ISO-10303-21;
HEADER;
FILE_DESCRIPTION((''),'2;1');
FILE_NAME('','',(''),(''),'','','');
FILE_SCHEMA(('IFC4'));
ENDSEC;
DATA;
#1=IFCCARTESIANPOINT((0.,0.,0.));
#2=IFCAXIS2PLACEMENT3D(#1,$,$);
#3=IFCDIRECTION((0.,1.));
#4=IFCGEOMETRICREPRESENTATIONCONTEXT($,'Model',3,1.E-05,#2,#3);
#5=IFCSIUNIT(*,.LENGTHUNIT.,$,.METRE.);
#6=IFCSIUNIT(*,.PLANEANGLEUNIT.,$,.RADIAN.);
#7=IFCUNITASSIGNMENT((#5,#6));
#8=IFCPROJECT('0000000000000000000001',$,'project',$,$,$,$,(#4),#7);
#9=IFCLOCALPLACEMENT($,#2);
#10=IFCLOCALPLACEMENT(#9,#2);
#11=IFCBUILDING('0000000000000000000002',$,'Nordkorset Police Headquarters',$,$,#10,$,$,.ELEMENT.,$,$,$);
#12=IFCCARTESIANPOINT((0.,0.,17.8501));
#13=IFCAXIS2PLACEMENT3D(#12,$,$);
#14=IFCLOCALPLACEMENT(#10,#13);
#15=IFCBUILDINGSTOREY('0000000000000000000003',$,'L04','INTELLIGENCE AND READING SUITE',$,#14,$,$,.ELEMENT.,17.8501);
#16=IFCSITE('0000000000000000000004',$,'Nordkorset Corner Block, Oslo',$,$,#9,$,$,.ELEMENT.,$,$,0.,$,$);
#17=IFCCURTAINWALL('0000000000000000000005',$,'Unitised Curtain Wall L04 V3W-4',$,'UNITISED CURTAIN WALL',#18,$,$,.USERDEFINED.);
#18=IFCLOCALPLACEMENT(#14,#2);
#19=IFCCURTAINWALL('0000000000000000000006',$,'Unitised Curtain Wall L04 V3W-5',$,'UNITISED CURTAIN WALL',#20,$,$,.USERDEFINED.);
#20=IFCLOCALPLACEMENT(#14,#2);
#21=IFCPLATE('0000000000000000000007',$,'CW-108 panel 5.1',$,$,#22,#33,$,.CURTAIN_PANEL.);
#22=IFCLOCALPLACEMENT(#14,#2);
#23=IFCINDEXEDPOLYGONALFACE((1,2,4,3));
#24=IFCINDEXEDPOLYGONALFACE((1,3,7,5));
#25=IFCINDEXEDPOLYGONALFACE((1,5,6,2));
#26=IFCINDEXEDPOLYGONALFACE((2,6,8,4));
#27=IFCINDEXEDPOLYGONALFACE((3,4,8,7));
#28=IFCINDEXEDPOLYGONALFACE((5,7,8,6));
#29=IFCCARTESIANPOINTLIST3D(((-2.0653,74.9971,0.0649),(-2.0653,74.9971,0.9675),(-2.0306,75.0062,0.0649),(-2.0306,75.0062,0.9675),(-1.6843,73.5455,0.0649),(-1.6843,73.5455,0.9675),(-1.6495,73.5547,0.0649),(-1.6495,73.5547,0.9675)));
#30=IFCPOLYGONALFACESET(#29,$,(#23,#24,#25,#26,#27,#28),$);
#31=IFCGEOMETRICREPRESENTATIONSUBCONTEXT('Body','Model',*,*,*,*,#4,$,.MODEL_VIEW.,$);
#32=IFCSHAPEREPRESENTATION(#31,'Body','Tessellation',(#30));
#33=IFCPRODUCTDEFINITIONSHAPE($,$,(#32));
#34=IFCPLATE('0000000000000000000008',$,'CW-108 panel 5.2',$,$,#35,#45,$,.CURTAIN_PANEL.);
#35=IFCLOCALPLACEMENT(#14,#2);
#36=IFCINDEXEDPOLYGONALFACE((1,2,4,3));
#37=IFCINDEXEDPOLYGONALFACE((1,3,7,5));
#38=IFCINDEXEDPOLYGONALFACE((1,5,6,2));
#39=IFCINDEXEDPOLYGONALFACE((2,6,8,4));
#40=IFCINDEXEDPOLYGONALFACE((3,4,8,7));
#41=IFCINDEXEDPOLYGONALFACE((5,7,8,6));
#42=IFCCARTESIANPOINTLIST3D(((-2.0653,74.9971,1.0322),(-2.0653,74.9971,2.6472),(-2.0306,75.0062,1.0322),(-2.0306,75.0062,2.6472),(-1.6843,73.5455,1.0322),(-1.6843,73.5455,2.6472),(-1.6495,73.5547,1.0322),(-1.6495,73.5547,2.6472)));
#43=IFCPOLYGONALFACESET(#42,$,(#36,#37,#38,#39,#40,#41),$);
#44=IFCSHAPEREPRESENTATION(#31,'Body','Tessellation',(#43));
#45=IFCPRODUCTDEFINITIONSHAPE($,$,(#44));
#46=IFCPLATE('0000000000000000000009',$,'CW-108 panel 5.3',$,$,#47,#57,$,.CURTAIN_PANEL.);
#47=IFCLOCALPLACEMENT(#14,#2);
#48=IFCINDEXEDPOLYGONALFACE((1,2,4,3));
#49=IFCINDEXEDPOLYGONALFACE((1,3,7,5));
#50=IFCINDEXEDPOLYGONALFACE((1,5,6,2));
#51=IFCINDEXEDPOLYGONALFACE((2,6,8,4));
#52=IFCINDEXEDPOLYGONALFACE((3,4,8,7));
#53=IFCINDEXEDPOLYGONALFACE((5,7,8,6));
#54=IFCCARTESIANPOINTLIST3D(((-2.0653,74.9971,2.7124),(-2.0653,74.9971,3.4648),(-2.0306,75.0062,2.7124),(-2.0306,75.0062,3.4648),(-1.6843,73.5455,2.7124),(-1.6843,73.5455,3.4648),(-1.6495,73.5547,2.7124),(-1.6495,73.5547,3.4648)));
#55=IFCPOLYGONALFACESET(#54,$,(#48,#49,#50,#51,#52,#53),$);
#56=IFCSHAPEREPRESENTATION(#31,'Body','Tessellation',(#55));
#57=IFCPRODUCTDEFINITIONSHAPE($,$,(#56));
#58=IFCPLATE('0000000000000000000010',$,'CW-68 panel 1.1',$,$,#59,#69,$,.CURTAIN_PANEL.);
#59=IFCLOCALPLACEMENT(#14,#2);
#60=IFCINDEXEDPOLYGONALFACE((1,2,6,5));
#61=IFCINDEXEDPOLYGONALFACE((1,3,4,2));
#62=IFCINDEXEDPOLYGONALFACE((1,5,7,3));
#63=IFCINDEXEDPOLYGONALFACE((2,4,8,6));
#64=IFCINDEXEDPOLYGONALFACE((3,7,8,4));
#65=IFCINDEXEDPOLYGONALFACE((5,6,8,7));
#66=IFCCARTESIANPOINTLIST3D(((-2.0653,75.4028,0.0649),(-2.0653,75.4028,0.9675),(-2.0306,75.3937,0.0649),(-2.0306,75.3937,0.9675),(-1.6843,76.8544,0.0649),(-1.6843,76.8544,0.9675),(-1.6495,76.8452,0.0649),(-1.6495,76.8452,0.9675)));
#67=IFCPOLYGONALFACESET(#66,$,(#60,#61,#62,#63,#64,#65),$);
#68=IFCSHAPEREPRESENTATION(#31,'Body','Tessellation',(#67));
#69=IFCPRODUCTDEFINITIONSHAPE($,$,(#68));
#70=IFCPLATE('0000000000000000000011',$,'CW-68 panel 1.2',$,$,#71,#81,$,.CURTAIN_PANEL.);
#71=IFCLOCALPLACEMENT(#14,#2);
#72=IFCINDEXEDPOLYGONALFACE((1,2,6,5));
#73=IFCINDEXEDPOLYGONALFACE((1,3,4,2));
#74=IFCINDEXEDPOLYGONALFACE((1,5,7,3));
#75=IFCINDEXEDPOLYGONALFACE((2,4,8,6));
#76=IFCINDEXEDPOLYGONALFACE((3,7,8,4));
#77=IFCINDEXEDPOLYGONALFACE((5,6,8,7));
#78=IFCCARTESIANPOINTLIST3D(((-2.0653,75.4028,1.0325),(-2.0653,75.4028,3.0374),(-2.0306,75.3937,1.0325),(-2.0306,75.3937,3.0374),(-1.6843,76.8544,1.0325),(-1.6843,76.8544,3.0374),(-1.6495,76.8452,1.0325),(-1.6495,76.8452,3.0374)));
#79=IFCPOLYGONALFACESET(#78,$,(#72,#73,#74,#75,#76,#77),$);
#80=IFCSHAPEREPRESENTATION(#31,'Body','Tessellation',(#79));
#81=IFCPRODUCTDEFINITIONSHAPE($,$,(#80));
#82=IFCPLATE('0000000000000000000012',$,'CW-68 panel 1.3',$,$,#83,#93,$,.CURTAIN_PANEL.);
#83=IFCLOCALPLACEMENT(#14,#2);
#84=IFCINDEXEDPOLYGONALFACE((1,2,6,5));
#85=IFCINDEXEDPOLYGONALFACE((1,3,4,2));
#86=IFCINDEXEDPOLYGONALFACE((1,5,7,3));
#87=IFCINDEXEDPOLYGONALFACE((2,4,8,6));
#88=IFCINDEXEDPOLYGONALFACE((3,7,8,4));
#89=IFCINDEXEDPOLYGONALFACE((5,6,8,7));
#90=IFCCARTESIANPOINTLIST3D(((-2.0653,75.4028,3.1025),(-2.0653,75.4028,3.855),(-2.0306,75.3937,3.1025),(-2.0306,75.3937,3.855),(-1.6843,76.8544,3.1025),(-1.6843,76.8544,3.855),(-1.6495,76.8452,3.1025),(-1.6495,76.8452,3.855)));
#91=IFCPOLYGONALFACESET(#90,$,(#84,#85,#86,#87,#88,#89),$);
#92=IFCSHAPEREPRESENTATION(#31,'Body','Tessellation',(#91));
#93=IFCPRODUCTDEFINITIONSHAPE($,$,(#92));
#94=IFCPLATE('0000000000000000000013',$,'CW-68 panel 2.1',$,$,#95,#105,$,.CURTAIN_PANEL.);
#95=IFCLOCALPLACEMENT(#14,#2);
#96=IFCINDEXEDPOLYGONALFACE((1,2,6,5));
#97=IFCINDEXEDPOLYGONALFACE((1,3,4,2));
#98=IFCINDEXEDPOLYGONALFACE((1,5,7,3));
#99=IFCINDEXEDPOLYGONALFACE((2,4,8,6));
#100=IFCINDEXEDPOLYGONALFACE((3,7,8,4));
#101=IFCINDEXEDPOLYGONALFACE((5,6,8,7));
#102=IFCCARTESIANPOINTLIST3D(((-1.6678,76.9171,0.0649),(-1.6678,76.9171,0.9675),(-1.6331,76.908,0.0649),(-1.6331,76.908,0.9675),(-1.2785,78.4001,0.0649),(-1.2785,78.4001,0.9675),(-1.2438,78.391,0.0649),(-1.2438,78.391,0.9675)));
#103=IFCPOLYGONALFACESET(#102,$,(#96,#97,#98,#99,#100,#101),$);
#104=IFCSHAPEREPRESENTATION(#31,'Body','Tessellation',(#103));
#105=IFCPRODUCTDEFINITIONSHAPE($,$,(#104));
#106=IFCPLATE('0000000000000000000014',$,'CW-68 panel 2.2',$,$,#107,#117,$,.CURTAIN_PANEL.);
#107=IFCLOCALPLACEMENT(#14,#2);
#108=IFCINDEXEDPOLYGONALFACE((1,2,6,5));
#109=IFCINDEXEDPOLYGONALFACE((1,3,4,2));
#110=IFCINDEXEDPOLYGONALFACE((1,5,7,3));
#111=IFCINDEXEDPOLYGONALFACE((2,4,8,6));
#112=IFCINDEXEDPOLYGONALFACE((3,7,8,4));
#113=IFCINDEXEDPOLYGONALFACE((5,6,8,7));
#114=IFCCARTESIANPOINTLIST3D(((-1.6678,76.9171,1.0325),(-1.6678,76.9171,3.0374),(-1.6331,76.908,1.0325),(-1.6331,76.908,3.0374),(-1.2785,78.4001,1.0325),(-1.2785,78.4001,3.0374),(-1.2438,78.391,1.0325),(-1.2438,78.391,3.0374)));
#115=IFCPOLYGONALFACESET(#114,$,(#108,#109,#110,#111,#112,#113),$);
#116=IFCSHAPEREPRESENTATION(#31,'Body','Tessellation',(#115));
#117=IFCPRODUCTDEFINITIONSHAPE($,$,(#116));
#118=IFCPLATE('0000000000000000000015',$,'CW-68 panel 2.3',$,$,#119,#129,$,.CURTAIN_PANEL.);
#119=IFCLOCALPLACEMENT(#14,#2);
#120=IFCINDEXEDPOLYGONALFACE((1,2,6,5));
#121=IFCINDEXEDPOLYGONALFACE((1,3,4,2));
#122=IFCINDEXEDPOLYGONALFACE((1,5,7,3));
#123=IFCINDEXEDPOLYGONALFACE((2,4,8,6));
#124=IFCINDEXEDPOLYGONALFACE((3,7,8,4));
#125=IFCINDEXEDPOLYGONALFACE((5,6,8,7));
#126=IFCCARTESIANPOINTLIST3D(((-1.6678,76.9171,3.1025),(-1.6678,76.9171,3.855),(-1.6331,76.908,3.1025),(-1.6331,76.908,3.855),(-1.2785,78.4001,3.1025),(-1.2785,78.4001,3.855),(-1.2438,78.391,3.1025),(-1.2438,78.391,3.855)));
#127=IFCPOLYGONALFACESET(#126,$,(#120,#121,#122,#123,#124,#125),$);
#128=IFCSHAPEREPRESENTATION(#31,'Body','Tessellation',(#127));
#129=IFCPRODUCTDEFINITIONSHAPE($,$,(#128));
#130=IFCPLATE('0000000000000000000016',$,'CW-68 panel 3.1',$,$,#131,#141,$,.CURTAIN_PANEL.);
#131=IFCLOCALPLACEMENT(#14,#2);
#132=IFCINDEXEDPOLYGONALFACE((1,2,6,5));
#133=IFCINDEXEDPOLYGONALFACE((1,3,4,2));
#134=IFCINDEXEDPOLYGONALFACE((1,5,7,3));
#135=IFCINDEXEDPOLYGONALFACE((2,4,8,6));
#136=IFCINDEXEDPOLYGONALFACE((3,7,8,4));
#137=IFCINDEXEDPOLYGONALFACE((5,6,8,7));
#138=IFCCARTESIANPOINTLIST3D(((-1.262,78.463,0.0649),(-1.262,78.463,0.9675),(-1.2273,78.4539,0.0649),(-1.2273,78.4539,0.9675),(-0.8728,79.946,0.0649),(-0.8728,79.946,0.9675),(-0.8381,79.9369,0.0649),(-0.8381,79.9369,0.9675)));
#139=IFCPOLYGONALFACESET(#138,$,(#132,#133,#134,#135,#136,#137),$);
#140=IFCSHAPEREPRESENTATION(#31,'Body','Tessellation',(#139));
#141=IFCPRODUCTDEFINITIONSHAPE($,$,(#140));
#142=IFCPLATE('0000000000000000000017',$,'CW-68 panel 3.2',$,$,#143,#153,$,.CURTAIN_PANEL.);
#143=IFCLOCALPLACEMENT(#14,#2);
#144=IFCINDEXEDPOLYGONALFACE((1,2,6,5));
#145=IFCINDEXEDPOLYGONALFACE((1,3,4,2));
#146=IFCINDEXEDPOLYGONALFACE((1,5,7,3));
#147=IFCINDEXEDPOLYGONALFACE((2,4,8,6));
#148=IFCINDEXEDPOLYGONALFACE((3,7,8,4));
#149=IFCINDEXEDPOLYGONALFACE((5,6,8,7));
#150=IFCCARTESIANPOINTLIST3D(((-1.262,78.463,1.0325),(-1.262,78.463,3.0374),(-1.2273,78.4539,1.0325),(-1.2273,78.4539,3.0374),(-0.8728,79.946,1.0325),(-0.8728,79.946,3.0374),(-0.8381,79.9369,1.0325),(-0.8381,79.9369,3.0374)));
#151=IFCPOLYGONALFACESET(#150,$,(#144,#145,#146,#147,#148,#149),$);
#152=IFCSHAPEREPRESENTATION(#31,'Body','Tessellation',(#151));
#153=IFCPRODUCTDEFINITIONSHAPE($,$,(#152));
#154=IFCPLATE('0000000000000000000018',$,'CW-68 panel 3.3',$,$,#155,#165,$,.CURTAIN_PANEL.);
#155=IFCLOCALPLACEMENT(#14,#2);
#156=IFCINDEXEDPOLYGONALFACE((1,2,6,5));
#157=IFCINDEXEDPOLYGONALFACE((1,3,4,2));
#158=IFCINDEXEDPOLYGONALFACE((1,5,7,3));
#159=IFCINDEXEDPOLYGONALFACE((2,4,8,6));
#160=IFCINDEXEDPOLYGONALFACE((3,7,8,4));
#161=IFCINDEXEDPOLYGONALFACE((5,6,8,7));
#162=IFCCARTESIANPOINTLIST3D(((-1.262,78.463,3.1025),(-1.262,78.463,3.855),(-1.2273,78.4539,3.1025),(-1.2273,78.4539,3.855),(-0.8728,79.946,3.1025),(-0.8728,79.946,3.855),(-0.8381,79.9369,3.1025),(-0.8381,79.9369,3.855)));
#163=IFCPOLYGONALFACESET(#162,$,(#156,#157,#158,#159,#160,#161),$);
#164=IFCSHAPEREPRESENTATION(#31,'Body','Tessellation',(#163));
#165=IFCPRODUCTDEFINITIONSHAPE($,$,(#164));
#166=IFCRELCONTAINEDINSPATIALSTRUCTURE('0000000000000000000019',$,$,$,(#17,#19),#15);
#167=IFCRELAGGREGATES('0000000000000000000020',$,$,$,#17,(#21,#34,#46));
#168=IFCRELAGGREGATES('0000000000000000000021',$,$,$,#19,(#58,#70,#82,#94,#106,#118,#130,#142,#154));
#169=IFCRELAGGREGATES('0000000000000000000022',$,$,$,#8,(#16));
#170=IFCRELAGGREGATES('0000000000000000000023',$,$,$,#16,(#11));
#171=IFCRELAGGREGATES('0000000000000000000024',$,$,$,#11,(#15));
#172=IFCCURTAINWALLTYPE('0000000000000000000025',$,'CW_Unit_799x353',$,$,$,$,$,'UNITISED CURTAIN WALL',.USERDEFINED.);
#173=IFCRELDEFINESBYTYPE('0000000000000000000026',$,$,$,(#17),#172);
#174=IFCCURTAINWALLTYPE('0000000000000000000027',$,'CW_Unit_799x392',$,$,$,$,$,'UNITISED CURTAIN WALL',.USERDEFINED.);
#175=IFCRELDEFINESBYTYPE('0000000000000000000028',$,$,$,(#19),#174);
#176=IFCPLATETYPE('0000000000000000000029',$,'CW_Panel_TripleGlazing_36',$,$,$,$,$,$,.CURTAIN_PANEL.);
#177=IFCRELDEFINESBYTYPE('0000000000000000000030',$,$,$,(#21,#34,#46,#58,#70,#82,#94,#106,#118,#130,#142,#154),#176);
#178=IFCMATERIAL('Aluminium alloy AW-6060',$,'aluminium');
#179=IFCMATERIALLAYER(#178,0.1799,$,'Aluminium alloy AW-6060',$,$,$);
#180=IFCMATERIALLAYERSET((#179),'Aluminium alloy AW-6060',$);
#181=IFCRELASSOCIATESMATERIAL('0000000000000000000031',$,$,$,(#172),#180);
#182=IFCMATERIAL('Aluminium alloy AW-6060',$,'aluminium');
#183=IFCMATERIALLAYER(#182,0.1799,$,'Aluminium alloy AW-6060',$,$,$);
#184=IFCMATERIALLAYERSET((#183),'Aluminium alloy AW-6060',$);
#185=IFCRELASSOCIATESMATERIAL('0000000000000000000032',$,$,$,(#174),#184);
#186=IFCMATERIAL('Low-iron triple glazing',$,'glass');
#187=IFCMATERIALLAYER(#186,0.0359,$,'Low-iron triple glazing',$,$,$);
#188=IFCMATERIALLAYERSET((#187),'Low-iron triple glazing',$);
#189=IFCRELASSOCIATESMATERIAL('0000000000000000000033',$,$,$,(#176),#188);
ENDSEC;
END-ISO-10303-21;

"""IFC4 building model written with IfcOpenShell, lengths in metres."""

from ifc_helpers import new_model, si_unit, direction, frame, origin, origin_2d, place, context, subcontext, project, spatial, rectangle, extrude, material, layer, layer_set, type_object, element, aggregate, save


model = new_model("IFC4")

# Units and contexts
model_context = context("Model", 3, precision=1e-05, world=origin(), true_north=direction((0.0, 1.0)))
body_context = subcontext(model_context, "Body", "Model", "MODEL_VIEW")
ifc_project = project(units=[si_unit("LENGTHUNIT", "METRE"), si_unit("PLANEANGLEUNIT", "RADIAN")], contexts=[model_context])

# Site, building, storey
site_placement = place(None, origin())
site = spatial("IfcSite", under=ifc_project, at=site_placement, Name="Nordkorset Corner Block, Oslo", CompositionType="ELEMENT", RefElevation=0.0)
building_placement = place(site_placement, origin())
building = spatial("IfcBuilding", under=site, at=building_placement, Name="Nordkorset Police Headquarters", CompositionType="ELEMENT")
storey_placement = place(building_placement, frame((0.0, 0.0, 17.8501)))
storey = spatial("IfcBuildingStorey", under=building, at=storey_placement, Name="L04", Description="INTELLIGENCE AND READING SUITE", CompositionType="ELEMENT", Elevation=17.8501)

# Curtain wall
ifc_material_1 = material(Name="Aluminium alloy AW-6060", Category="aluminium")
ifc_layer_1 = layer(ifc_material_1, 0.1799, Name="Aluminium alloy AW-6060")
ifc_layer_set_1 = layer_set([ifc_layer_1], Name="Aluminium alloy AW-6060")
curtain_wall_type_1 = type_object("IfcCurtainWallType", Name="CW_Unit_799x353", ElementType="UNITISED CURTAIN WALL", PredefinedType="USERDEFINED", material=ifc_layer_set_1)
curtain_wall_1_placement = place(storey_placement, origin())
curtain_wall_1 = element("IfcCurtainWall", 1, at=curtain_wall_1_placement, inside=storey, type_object=curtain_wall_type_1, Name="Unitised Curtain Wall L04 V3W-4", ObjectType="UNITISED CURTAIN WALL", PredefinedType="USERDEFINED")

# Curtain wall
ifc_material_2 = material(Name="Aluminium alloy AW-6060", Category="aluminium")
ifc_layer_2 = layer(ifc_material_2, 0.1799, Name="Aluminium alloy AW-6060")
ifc_layer_set_2 = layer_set([ifc_layer_2], Name="Aluminium alloy AW-6060")
curtain_wall_type_2 = type_object("IfcCurtainWallType", Name="CW_Unit_799x392", ElementType="UNITISED CURTAIN WALL", PredefinedType="USERDEFINED", material=ifc_layer_set_2)
curtain_wall_2_placement = place(storey_placement, origin())
curtain_wall_2 = element("IfcCurtainWall", 2, at=curtain_wall_2_placement, inside=storey, type_object=curtain_wall_type_2, Name="Unitised Curtain Wall L04 V3W-5", ObjectType="UNITISED CURTAIN WALL", PredefinedType="USERDEFINED")

# Plates
ifc_material_3 = material(Name="Low-iron triple glazing", Category="glass")
ifc_layer_3 = layer(ifc_material_3, 0.0359, Name="Low-iron triple glazing")
ifc_layer_set_3 = layer_set([ifc_layer_3], Name="Low-iron triple glazing")
plate_type = type_object("IfcPlateType", Name="CW_Panel_TripleGlazing_36", PredefinedType="CURTAIN_PANEL", material=ifc_layer_set_3)
plate_1_placement = place(storey_placement, frame((-1.8574, 74.2759, 0.0649), z_axis=(0.0, 0.0, 1.0), x_axis=(-0.253897, 0.967231, 0.0)))
plate_1 = element("IfcPlate", 3, at=plate_1_placement, type_object=plate_type, Name="CW-108 panel 5.1", PredefinedType="CURTAIN_PANEL", context=body_context, shape_type="SweptSolid", body=[
    extrude(rectangle(XDim=1.5007, YDim=0.0359, at=origin_2d()), origin(), (0.0, 0.0, 1.0), 0.9026),
])
plate_2_placement = place(storey_placement, frame((-1.8574, 74.2759, 1.0322), z_axis=(0.0, 0.0, 1.0), x_axis=(-0.253897, 0.967231, 0.0)))
plate_2 = element("IfcPlate", 4, at=plate_2_placement, type_object=plate_type, Name="CW-108 panel 5.2", PredefinedType="CURTAIN_PANEL", context=body_context, shape_type="SweptSolid", body=[
    extrude(rectangle(XDim=1.5007, YDim=0.0359, at=origin_2d()), origin(), (0.0, 0.0, 1.0), 1.615),
])
plate_3_placement = place(storey_placement, frame((-1.8574, 74.2759, 2.7124), z_axis=(0.0, 0.0, 1.0), x_axis=(-0.253897, 0.967231, 0.0)))
plate_3 = element("IfcPlate", 5, at=plate_3_placement, type_object=plate_type, Name="CW-108 panel 5.3", PredefinedType="CURTAIN_PANEL", context=body_context, shape_type="SweptSolid", body=[
    extrude(rectangle(XDim=1.5007, YDim=0.0359, at=origin_2d()), origin(), (0.0, 0.0, 1.0), 0.7524),
])
aggregate(curtain_wall_1, [plate_1, plate_2, plate_3])
plate_4_placement = place(storey_placement, frame((-1.8574, 76.124, 0.0649), z_axis=(0.0, 0.0, 1.0), x_axis=(0.253897, 0.967231, 0.0)))
plate_4 = element("IfcPlate", 6, at=plate_4_placement, type_object=plate_type, Name="CW-68 panel 1.1", PredefinedType="CURTAIN_PANEL", context=body_context, shape_type="SweptSolid", body=[
    extrude(rectangle(XDim=1.5007, YDim=0.0359, at=origin_2d()), origin(), (0.0, 0.0, 1.0), 0.9026),
])
plate_5_placement = place(storey_placement, frame((-1.8574, 76.124, 1.0325), z_axis=(0.0, 0.0, 1.0), x_axis=(0.253897, 0.967231, 0.0)))
plate_5 = element("IfcPlate", 7, at=plate_5_placement, type_object=plate_type, Name="CW-68 panel 1.2", PredefinedType="CURTAIN_PANEL", context=body_context, shape_type="SweptSolid", body=[
    extrude(rectangle(XDim=1.5007, YDim=0.0359, at=origin_2d()), origin(), (0.0, 0.0, 1.0), 2.0049),
])
plate_6_placement = place(storey_placement, frame((-1.8574, 76.124, 3.1025), z_axis=(0.0, 0.0, 1.0), x_axis=(0.253897, 0.967231, 0.0)))
plate_6 = element("IfcPlate", 8, at=plate_6_placement, type_object=plate_type, Name="CW-68 panel 1.3", PredefinedType="CURTAIN_PANEL", context=body_context, shape_type="SweptSolid", body=[
    extrude(rectangle(XDim=1.5007, YDim=0.0359, at=origin_2d()), origin(), (0.0, 0.0, 1.0), 0.7524),
])
plate_7_placement = place(storey_placement, frame((-1.4558, 77.6541, 0.0649), z_axis=(0.0, 0.0, 1.0), x_axis=(0.253897, 0.967231, 0.0)))
plate_7 = element("IfcPlate", 9, at=plate_7_placement, type_object=plate_type, Name="CW-68 panel 2.1", PredefinedType="CURTAIN_PANEL", context=body_context, shape_type="SweptSolid", body=[
    extrude(rectangle(XDim=1.5332, YDim=0.0359, at=origin_2d()), origin(), (0.0, 0.0, 1.0), 0.9026),
])
plate_8_placement = place(storey_placement, frame((-1.4558, 77.6541, 1.0325), z_axis=(0.0, 0.0, 1.0), x_axis=(0.253897, 0.967231, 0.0)))
plate_8 = element("IfcPlate", 10, at=plate_8_placement, type_object=plate_type, Name="CW-68 panel 2.2", PredefinedType="CURTAIN_PANEL", context=body_context, shape_type="SweptSolid", body=[
    extrude(rectangle(XDim=1.5332, YDim=0.0359, at=origin_2d()), origin(), (0.0, 0.0, 1.0), 2.0049),
])
plate_9_placement = place(storey_placement, frame((-1.4558, 77.6541, 3.1025), z_axis=(0.0, 0.0, 1.0), x_axis=(0.253897, 0.967231, 0.0)))
plate_9 = element("IfcPlate", 11, at=plate_9_placement, type_object=plate_type, Name="CW-68 panel 2.3", PredefinedType="CURTAIN_PANEL", context=body_context, shape_type="SweptSolid", body=[
    extrude(rectangle(XDim=1.5332, YDim=0.0359, at=origin_2d()), origin(), (0.0, 0.0, 1.0), 0.7524),
])
plate_10_placement = place(storey_placement, frame((-1.05, 79.2, 0.0649), z_axis=(0.0, 0.0, 1.0), x_axis=(0.253897, 0.967231, 0.0)))
plate_10 = element("IfcPlate", 12, at=plate_10_placement, type_object=plate_type, Name="CW-68 panel 3.1", PredefinedType="CURTAIN_PANEL", context=body_context, shape_type="SweptSolid", body=[
    extrude(rectangle(XDim=1.5332, YDim=0.0359, at=origin_2d()), origin(), (0.0, 0.0, 1.0), 0.9026),
])
plate_11_placement = place(storey_placement, frame((-1.05, 79.2, 1.0325), z_axis=(0.0, 0.0, 1.0), x_axis=(0.253897, 0.967231, 0.0)))
plate_11 = element("IfcPlate", 13, at=plate_11_placement, type_object=plate_type, Name="CW-68 panel 3.2", PredefinedType="CURTAIN_PANEL", context=body_context, shape_type="SweptSolid", body=[
    extrude(rectangle(XDim=1.5332, YDim=0.0359, at=origin_2d()), origin(), (0.0, 0.0, 1.0), 2.0049),
])
plate_12_placement = place(storey_placement, frame((-1.05, 79.2, 3.1025), z_axis=(0.0, 0.0, 1.0), x_axis=(0.253897, 0.967231, 0.0)))
plate_12 = element("IfcPlate", 14, at=plate_12_placement, type_object=plate_type, Name="CW-68 panel 3.3", PredefinedType="CURTAIN_PANEL", context=body_context, shape_type="SweptSolid", body=[
    extrude(rectangle(XDim=1.5332, YDim=0.0359, at=origin_2d()), origin(), (0.0, 0.0, 1.0), 0.7524),
])
aggregate(curtain_wall_2, [plate_4, plate_5, plate_6, plate_7, plate_8, plate_9, plate_10, plate_11, plate_12])

save(model, "model.ifc")
